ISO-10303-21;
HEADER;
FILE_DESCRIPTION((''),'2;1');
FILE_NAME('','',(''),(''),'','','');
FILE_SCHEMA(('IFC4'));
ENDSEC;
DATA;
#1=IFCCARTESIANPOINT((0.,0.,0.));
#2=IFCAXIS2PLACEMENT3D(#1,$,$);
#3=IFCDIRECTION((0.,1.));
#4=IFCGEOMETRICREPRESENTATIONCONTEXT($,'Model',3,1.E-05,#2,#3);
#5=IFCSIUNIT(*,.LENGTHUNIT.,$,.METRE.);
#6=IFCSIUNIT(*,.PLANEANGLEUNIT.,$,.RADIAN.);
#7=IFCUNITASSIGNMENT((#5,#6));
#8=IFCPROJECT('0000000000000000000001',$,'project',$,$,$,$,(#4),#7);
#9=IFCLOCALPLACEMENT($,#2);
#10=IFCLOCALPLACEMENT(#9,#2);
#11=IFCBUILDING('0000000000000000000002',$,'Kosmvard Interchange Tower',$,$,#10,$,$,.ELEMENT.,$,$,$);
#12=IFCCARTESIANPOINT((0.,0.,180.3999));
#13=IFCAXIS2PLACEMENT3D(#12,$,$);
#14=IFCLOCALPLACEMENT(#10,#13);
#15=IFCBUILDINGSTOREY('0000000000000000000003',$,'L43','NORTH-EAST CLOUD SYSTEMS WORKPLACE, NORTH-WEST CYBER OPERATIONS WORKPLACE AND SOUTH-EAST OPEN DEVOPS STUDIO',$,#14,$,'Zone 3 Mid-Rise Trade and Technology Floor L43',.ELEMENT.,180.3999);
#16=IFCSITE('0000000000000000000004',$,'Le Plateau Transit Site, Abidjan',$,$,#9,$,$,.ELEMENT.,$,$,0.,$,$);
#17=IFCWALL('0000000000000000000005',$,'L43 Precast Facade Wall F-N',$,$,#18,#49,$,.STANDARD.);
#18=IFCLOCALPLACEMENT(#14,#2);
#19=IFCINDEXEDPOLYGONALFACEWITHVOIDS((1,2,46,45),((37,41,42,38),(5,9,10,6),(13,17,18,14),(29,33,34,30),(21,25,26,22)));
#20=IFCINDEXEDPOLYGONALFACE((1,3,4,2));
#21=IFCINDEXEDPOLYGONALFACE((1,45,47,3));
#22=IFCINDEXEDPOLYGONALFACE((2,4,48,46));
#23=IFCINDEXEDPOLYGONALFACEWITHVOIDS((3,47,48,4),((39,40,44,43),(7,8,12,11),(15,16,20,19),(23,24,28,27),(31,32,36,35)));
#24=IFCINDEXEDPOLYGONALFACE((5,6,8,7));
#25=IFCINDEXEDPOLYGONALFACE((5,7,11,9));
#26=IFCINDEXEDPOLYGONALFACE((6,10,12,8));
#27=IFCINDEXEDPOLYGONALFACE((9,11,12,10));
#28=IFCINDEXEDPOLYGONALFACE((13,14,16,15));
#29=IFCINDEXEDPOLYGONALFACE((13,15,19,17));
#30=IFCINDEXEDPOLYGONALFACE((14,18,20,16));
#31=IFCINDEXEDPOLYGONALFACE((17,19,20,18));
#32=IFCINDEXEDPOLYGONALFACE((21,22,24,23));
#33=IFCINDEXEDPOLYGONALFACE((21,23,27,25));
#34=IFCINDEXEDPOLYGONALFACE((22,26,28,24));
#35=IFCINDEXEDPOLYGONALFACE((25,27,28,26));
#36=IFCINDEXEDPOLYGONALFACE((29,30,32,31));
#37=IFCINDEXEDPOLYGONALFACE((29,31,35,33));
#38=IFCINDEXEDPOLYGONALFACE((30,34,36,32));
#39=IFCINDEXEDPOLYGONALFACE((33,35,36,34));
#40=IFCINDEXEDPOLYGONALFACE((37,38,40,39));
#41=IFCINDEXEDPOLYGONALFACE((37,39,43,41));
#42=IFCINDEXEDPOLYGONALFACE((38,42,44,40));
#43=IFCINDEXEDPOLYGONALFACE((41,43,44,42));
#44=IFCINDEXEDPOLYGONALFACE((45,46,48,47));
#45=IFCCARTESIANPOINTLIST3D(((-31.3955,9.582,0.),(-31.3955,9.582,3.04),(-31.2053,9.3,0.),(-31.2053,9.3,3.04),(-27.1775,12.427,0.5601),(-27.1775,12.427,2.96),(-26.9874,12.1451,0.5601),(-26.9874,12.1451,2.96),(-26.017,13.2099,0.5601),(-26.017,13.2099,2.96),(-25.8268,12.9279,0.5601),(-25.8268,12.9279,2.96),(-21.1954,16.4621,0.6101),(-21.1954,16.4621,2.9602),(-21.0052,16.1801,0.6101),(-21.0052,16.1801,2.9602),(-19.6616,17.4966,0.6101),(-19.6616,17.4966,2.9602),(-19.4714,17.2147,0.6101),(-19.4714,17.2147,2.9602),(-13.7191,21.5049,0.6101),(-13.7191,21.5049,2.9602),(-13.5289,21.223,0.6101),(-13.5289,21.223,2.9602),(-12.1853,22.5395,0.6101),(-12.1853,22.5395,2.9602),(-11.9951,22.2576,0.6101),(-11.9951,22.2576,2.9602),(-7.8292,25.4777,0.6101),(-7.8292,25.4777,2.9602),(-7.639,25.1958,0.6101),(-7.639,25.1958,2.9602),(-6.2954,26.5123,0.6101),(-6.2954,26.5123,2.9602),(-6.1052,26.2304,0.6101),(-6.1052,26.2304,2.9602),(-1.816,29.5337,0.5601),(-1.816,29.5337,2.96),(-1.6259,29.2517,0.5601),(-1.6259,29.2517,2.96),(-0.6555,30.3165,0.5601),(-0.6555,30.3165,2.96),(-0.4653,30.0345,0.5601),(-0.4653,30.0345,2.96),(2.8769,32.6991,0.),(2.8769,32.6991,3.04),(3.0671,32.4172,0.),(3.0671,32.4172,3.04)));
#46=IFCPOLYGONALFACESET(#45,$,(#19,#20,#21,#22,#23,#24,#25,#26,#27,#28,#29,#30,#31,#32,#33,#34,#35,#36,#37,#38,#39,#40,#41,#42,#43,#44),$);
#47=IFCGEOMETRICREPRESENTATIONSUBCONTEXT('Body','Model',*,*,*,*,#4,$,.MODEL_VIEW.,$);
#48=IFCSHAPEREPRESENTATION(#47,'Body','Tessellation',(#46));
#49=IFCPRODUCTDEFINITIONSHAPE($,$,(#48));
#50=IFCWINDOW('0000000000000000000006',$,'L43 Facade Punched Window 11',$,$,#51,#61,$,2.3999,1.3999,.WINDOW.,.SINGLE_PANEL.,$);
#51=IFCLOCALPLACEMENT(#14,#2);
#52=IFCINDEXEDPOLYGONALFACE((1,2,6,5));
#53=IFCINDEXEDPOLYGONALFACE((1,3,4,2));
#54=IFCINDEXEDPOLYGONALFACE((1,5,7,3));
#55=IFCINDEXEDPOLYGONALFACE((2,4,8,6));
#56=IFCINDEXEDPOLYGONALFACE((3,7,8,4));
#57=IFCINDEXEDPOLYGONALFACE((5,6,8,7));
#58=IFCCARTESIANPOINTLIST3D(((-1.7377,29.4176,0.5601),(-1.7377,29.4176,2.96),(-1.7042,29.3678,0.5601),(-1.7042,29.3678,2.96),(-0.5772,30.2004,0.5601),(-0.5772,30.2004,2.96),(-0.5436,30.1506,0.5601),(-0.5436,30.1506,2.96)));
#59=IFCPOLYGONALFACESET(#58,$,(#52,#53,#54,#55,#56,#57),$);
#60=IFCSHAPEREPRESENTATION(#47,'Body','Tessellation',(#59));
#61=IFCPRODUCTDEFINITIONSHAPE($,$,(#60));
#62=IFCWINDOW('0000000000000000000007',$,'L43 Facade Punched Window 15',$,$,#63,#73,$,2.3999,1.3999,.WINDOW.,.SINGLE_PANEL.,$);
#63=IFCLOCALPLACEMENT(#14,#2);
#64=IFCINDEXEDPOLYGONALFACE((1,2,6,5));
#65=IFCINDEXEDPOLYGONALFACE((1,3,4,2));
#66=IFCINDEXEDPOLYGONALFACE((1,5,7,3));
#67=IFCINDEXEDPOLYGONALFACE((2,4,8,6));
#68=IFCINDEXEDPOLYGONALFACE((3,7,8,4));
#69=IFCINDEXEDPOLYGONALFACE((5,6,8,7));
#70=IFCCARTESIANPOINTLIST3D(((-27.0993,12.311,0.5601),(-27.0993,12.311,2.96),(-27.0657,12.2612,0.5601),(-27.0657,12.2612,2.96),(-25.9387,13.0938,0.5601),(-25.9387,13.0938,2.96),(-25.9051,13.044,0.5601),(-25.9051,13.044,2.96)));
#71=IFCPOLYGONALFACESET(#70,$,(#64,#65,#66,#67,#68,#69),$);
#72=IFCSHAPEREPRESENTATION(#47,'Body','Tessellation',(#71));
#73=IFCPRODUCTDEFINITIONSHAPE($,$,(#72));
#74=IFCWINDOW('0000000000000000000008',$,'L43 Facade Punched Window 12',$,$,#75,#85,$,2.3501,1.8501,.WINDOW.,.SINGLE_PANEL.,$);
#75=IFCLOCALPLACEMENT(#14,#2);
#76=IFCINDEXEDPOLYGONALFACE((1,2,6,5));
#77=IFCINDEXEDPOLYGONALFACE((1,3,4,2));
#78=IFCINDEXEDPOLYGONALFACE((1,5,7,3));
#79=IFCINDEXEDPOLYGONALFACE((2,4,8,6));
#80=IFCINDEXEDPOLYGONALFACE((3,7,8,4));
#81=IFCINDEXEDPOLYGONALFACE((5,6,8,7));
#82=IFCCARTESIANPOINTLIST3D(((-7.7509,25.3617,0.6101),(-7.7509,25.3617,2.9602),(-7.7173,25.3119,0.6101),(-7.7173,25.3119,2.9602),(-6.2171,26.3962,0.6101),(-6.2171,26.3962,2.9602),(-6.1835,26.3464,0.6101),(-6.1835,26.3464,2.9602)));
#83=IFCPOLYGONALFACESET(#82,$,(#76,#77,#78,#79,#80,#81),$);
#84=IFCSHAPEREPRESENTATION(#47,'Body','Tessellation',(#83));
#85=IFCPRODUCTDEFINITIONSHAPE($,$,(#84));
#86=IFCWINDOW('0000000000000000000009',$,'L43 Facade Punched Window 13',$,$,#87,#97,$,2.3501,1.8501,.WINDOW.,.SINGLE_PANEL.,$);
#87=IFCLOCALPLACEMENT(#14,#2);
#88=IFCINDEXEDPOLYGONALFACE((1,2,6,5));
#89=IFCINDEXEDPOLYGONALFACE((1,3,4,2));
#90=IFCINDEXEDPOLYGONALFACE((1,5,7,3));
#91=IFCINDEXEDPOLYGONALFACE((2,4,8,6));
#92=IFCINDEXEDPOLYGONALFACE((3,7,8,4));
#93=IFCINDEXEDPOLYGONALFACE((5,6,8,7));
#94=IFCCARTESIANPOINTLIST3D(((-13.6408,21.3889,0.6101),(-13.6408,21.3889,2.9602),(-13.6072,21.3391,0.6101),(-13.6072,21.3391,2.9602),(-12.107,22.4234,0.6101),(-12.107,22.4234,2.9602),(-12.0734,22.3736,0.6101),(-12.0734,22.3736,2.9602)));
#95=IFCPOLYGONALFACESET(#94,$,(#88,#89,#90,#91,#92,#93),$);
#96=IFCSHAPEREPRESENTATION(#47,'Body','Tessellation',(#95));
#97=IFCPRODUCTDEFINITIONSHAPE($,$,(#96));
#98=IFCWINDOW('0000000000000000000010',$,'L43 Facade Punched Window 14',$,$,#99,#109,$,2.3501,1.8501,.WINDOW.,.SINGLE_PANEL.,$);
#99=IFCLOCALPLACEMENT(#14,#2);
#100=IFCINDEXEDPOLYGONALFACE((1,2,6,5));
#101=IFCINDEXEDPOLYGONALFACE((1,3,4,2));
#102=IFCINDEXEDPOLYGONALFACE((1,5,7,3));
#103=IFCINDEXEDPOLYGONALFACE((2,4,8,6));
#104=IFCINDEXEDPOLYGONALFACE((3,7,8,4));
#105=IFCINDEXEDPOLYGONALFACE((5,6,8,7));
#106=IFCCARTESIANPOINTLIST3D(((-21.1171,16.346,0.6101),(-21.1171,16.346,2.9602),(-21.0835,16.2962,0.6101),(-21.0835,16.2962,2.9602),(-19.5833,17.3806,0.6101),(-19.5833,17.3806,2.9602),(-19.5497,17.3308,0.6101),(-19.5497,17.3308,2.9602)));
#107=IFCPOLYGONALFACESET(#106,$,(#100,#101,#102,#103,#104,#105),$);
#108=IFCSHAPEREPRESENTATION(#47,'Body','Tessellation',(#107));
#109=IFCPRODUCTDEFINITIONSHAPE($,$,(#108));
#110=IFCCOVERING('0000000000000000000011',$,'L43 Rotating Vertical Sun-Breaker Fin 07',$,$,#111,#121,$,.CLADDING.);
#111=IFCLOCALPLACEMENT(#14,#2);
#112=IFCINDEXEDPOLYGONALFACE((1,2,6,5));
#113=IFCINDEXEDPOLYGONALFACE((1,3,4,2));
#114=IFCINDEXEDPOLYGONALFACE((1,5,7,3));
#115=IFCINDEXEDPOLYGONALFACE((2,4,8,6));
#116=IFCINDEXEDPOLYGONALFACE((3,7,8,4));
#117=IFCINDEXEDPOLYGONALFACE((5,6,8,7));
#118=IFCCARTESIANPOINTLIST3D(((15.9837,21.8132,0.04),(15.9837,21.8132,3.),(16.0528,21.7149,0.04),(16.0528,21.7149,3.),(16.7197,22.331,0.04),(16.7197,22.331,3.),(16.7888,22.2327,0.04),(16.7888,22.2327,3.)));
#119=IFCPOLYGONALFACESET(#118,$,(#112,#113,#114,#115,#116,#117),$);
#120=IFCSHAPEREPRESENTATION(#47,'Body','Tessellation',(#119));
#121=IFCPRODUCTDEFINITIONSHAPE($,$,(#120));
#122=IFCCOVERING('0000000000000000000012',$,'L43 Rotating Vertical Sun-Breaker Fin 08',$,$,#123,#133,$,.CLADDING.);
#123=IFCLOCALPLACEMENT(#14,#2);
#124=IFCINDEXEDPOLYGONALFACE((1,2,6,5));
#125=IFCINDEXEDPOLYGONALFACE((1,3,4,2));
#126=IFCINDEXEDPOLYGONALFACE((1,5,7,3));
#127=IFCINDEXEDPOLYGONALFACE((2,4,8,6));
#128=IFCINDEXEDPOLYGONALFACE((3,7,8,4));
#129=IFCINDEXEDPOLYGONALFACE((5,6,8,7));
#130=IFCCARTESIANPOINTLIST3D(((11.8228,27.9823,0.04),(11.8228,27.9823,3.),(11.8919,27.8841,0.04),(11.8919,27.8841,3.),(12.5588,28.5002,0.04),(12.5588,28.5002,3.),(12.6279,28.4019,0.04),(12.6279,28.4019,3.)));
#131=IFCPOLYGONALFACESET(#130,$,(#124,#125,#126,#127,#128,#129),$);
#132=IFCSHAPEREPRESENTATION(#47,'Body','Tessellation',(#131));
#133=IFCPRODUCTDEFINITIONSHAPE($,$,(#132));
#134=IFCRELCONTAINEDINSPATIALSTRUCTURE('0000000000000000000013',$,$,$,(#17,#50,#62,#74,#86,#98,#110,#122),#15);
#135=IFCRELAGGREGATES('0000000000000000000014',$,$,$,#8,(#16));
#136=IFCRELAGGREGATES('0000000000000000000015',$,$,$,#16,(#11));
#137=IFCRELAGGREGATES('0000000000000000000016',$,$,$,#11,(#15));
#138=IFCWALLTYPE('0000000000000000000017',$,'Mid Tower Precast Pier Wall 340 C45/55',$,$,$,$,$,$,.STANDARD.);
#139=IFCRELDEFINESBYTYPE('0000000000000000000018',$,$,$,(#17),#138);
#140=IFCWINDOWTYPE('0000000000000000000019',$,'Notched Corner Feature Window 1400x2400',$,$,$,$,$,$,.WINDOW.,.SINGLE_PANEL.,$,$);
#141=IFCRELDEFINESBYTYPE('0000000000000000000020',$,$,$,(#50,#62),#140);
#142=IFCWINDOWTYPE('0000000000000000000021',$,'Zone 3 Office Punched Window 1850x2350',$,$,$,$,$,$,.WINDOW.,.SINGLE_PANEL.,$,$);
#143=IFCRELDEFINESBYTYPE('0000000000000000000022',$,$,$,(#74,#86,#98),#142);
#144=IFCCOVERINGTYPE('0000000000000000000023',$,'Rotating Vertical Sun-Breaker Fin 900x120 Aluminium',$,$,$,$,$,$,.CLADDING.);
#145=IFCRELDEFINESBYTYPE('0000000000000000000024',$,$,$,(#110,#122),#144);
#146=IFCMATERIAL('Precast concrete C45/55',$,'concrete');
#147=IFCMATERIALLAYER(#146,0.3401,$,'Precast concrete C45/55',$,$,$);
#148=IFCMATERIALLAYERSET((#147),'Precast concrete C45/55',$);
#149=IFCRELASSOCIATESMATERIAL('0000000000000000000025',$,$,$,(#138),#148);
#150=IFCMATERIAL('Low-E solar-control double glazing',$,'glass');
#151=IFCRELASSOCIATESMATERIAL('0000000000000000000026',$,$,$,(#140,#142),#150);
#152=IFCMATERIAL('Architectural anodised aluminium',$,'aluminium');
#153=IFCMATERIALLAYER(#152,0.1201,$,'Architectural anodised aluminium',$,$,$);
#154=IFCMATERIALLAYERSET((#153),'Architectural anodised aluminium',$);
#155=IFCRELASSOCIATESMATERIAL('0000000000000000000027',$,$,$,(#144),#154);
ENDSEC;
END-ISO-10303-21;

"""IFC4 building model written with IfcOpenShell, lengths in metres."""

from ifc_helpers import new_model, si_unit, direction, frame, frame_2d, origin, origin_2d, place, context, subcontext, project, spatial, rectangle, extrude, source, transform, mapped, material, layer, layer_set, type_object, element, fill, save


model = new_model("IFC4")

# Units and contexts
model_context = context("Model", 3, precision=1e-05, world=origin(), true_north=direction((0.0, 1.0)))
body_context = subcontext(model_context, "Body", "Model", "MODEL_VIEW")
ifc_project = project(units=[si_unit("LENGTHUNIT", "METRE"), si_unit("PLANEANGLEUNIT", "RADIAN")], contexts=[model_context])

# Site, building, storey
site_placement = place(None, origin())
site = spatial("IfcSite", under=ifc_project, at=site_placement, Name="Le Plateau Transit Site, Abidjan", CompositionType="ELEMENT", RefElevation=0.0)
building_placement = place(site_placement, origin())
building = spatial("IfcBuilding", under=site, at=building_placement, Name="Kosmvard Interchange Tower", CompositionType="ELEMENT")
storey_placement = place(building_placement, frame((0.0, 0.0, 180.3999)))
storey = spatial("IfcBuildingStorey", under=building, at=storey_placement, Name="L43", Description="NORTH-EAST CLOUD SYSTEMS WORKPLACE, NORTH-WEST CYBER OPERATIONS WORKPLACE AND SOUTH-EAST OPEN DEVOPS STUDIO", LongName="Zone 3 Mid-Rise Trade and Technology Floor L43", CompositionType="ELEMENT", Elevation=180.3999)

# Shared definitions
ifc_material_1 = material(Name="Precast concrete C45/55", Category="concrete")

# Shared definitions
ifc_layer_1 = layer(ifc_material_1, 0.3401, Name="Precast concrete C45/55")
ifc_layer_set_1 = layer_set([ifc_layer_1], Name="Precast concrete C45/55")
wall_type = type_object("IfcWallType", Name="Mid Tower Precast Pier Wall 340 C45/55", PredefinedType="STANDARD", material=ifc_layer_set_1)

# Shared definitions
ifc_material_2 = material(Name="Low-E solar-control double glazing", Category="glass")
window_type_1 = type_object("IfcWindowType", Name="Notched Corner Feature Window 1400x2400", PartitioningType="SINGLE_PANEL", PredefinedType="WINDOW", material=ifc_material_2)
shared_shape_1 = source(origin(), body_context, "Body", "SweptSolid", [
    extrude(rectangle(XDim=1.3999, YDim=2.3999, at=frame_2d((0.7, 1.2))), frame((0.0, 0.03, 0.0), z_axis=(0.0, -1.0, 0.0), x_axis=(1.0, 0.0, 0.0)), (0.0, 0.0, 1.0), 0.0601),
])

# Wall, openings, windows
wall_1_placement = place(storey_placement, frame((2.9719, 32.5581, 0.0), z_axis=(0.0, 0.0, 1.0), x_axis=(-0.829036, -0.559195, 0.0)))
wall_1 = element("IfcWall", 1, at=wall_1_placement, inside=storey, type_object=wall_type, Name="L43 Precast Facade Wall F-N", PredefinedType="STANDARD", context=body_context, shape_type="SweptSolid", body=[
    extrude(rectangle(XDim=41.3401, YDim=0.3401, at=frame_2d((20.6699, 0.0))), origin(), (0.0, 0.0, 1.0), 3.04),
])
opening_1_placement = place(wall_1_placement, frame((4.2607, 0.0, 0.5601)))
opening_1 = element("IfcOpeningElement", 2, at=opening_1_placement, cuts=wall_1, PredefinedType="OPENING", context=body_context, shape_type="SweptSolid", body=[
    extrude(rectangle(XDim=1.3999, YDim=2.3999, at=frame_2d((0.7, 1.2))), frame((0.0, 0.1802, 0.0), z_axis=(0.0, -1.0, 0.0), x_axis=(1.0, 0.0, 0.0)), (0.0, 0.0, 1.0), 0.3601),
])
opening_2_placement = place(wall_1_placement, frame((11.0637, 0.0, 0.6101)))
opening_2 = element("IfcOpeningElement", 3, at=opening_2_placement, cuts=wall_1, PredefinedType="OPENING", context=body_context, shape_type="SweptSolid", body=[
    extrude(rectangle(XDim=1.8501, YDim=2.3501, at=frame_2d((0.925, 1.175))), frame((0.0, 0.1802, 0.0), z_axis=(0.0, -1.0, 0.0), x_axis=(1.0, 0.0, 0.0)), (0.0, 0.0, 1.0), 0.3601),
])
opening_3_placement = place(wall_1_placement, frame((18.1682, 0.0, 0.6101)))
opening_3 = element("IfcOpeningElement", 4, at=opening_3_placement, cuts=wall_1, PredefinedType="OPENING", context=body_context, shape_type="SweptSolid", body=[
    extrude(rectangle(XDim=1.8501, YDim=2.3501, at=frame_2d((0.925, 1.175))), frame((0.0, 0.1802, 0.0), z_axis=(0.0, -1.0, 0.0), x_axis=(1.0, 0.0, 0.0)), (0.0, 0.0, 1.0), 0.3601),
])
opening_4_placement = place(wall_1_placement, frame((27.1863, 0.0, 0.6101)))
opening_4 = element("IfcOpeningElement", 5, at=opening_4_placement, cuts=wall_1, PredefinedType="OPENING", context=body_context, shape_type="SweptSolid", body=[
    extrude(rectangle(XDim=1.8501, YDim=2.3501, at=frame_2d((0.925, 1.175))), frame((0.0, 0.1802, 0.0), z_axis=(0.0, -1.0, 0.0), x_axis=(1.0, 0.0, 0.0)), (0.0, 0.0, 1.0), 0.3601),
])
opening_5_placement = place(wall_1_placement, frame((34.8523, 0.0, 0.5601)))
opening_5 = element("IfcOpeningElement", 6, at=opening_5_placement, cuts=wall_1, PredefinedType="OPENING", context=body_context, shape_type="SweptSolid", body=[
    extrude(rectangle(XDim=1.3999, YDim=2.3999, at=frame_2d((0.7, 1.2))), frame((0.0, 0.1802, 0.0), z_axis=(0.0, -1.0, 0.0), x_axis=(1.0, 0.0, 0.0)), (0.0, 0.0, 1.0), 0.3601),
])
window_1_placement = place(opening_1_placement, origin())
window_1 = element("IfcWindow", 7, at=window_1_placement, inside=storey, type_object=window_type_1, Name="L43 Facade Punched Window 11", OverallHeight=2.3999, OverallWidth=1.3999, PartitioningType="SINGLE_PANEL", PredefinedType="WINDOW", context=body_context, shape_type="MappedRepresentation", body=[
    mapped(shared_shape_1, transform((0.0, 0.0, 0.0), scale=1.0)),
])
fill(opening_1, window_1)
window_2_placement = place(opening_5_placement, origin())
window_2 = element("IfcWindow", 8, at=window_2_placement, inside=storey, type_object=window_type_1, Name="L43 Facade Punched Window 15", OverallHeight=2.3999, OverallWidth=1.3999, PartitioningType="SINGLE_PANEL", PredefinedType="WINDOW", context=body_context, shape_type="MappedRepresentation", body=[
    mapped(shared_shape_1, transform((0.0, 0.0, 0.0), scale=1.0)),
])
fill(opening_5, window_2)
window_type_2 = type_object("IfcWindowType", Name="Zone 3 Office Punched Window 1850x2350", PartitioningType="SINGLE_PANEL", PredefinedType="WINDOW", material=ifc_material_2)
shared_shape_2 = source(origin(), body_context, "Body", "SweptSolid", [
    extrude(rectangle(XDim=1.8501, YDim=2.3501, at=frame_2d((0.925, 1.175))), frame((0.0, 0.03, 0.0), z_axis=(0.0, -1.0, 0.0), x_axis=(1.0, 0.0, 0.0)), (0.0, 0.0, 1.0), 0.0601),
])
window_3_placement = place(opening_2_placement, origin())
window_3 = element("IfcWindow", 9, at=window_3_placement, inside=storey, type_object=window_type_2, Name="L43 Facade Punched Window 12", OverallHeight=2.3501, OverallWidth=1.8501, PartitioningType="SINGLE_PANEL", PredefinedType="WINDOW", context=body_context, shape_type="MappedRepresentation", body=[
    mapped(shared_shape_2, transform((0.0, 0.0, 0.0), scale=1.0)),
])
fill(opening_2, window_3)
window_4_placement = place(opening_3_placement, origin())
window_4 = element("IfcWindow", 10, at=window_4_placement, inside=storey, type_object=window_type_2, Name="L43 Facade Punched Window 13", OverallHeight=2.3501, OverallWidth=1.8501, PartitioningType="SINGLE_PANEL", PredefinedType="WINDOW", context=body_context, shape_type="MappedRepresentation", body=[
    mapped(shared_shape_2, transform((0.0, 0.0, 0.0), scale=1.0)),
])
fill(opening_3, window_4)
window_5_placement = place(opening_4_placement, origin())
window_5 = element("IfcWindow", 11, at=window_5_placement, inside=storey, type_object=window_type_2, Name="L43 Facade Punched Window 14", OverallHeight=2.3501, OverallWidth=1.8501, PartitioningType="SINGLE_PANEL", PredefinedType="WINDOW", context=body_context, shape_type="MappedRepresentation", body=[
    mapped(shared_shape_2, transform((0.0, 0.0, 0.0), scale=1.0)),
])
fill(opening_4, window_5)

# Coverings
ifc_material_3 = material(Name="Architectural anodised aluminium", Category="aluminium")
ifc_layer_2 = layer(ifc_material_3, 0.1201, Name="Architectural anodised aluminium")
ifc_layer_set_2 = layer_set([ifc_layer_2], Name="Architectural anodised aluminium")
covering_type = type_object("IfcCoveringType", Name="Rotating Vertical Sun-Breaker Fin 900x120 Aluminium", PredefinedType="CLADDING", material=ifc_layer_set_2)
shared_shape_3 = source(origin(), body_context, "Body", "SweptSolid", [
    extrude(rectangle(XDim=0.8999, YDim=0.1201, at=origin_2d()), origin(), (0.0, 0.0, 1.0), 2.96),
])
for number, where, z_axis, x_axis, name in (
    (12, (16.3862, 22.0229, 0.04), (0.0, 0.0, 1.0), (0.817849, 0.575434, 0.0), "L43 Rotating Vertical Sun-Breaker Fin 07"),
    (13, (12.2253, 28.1921, 0.04), (0.0, 0.0, 1.0), (0.817849, 0.575434, 0.0), "L43 Rotating Vertical Sun-Breaker Fin 08"),
):
    element("IfcCovering", number, at=place(storey_placement, frame(where, z_axis=z_axis, x_axis=x_axis)), inside=storey, type_object=covering_type, Name=name, PredefinedType="CLADDING", context=body_context, shape_type="MappedRepresentation", body=[
        mapped(shared_shape_3, transform((0.0, 0.0, 0.0), scale=1.0)),
    ])

save(model, "model.ifc")
